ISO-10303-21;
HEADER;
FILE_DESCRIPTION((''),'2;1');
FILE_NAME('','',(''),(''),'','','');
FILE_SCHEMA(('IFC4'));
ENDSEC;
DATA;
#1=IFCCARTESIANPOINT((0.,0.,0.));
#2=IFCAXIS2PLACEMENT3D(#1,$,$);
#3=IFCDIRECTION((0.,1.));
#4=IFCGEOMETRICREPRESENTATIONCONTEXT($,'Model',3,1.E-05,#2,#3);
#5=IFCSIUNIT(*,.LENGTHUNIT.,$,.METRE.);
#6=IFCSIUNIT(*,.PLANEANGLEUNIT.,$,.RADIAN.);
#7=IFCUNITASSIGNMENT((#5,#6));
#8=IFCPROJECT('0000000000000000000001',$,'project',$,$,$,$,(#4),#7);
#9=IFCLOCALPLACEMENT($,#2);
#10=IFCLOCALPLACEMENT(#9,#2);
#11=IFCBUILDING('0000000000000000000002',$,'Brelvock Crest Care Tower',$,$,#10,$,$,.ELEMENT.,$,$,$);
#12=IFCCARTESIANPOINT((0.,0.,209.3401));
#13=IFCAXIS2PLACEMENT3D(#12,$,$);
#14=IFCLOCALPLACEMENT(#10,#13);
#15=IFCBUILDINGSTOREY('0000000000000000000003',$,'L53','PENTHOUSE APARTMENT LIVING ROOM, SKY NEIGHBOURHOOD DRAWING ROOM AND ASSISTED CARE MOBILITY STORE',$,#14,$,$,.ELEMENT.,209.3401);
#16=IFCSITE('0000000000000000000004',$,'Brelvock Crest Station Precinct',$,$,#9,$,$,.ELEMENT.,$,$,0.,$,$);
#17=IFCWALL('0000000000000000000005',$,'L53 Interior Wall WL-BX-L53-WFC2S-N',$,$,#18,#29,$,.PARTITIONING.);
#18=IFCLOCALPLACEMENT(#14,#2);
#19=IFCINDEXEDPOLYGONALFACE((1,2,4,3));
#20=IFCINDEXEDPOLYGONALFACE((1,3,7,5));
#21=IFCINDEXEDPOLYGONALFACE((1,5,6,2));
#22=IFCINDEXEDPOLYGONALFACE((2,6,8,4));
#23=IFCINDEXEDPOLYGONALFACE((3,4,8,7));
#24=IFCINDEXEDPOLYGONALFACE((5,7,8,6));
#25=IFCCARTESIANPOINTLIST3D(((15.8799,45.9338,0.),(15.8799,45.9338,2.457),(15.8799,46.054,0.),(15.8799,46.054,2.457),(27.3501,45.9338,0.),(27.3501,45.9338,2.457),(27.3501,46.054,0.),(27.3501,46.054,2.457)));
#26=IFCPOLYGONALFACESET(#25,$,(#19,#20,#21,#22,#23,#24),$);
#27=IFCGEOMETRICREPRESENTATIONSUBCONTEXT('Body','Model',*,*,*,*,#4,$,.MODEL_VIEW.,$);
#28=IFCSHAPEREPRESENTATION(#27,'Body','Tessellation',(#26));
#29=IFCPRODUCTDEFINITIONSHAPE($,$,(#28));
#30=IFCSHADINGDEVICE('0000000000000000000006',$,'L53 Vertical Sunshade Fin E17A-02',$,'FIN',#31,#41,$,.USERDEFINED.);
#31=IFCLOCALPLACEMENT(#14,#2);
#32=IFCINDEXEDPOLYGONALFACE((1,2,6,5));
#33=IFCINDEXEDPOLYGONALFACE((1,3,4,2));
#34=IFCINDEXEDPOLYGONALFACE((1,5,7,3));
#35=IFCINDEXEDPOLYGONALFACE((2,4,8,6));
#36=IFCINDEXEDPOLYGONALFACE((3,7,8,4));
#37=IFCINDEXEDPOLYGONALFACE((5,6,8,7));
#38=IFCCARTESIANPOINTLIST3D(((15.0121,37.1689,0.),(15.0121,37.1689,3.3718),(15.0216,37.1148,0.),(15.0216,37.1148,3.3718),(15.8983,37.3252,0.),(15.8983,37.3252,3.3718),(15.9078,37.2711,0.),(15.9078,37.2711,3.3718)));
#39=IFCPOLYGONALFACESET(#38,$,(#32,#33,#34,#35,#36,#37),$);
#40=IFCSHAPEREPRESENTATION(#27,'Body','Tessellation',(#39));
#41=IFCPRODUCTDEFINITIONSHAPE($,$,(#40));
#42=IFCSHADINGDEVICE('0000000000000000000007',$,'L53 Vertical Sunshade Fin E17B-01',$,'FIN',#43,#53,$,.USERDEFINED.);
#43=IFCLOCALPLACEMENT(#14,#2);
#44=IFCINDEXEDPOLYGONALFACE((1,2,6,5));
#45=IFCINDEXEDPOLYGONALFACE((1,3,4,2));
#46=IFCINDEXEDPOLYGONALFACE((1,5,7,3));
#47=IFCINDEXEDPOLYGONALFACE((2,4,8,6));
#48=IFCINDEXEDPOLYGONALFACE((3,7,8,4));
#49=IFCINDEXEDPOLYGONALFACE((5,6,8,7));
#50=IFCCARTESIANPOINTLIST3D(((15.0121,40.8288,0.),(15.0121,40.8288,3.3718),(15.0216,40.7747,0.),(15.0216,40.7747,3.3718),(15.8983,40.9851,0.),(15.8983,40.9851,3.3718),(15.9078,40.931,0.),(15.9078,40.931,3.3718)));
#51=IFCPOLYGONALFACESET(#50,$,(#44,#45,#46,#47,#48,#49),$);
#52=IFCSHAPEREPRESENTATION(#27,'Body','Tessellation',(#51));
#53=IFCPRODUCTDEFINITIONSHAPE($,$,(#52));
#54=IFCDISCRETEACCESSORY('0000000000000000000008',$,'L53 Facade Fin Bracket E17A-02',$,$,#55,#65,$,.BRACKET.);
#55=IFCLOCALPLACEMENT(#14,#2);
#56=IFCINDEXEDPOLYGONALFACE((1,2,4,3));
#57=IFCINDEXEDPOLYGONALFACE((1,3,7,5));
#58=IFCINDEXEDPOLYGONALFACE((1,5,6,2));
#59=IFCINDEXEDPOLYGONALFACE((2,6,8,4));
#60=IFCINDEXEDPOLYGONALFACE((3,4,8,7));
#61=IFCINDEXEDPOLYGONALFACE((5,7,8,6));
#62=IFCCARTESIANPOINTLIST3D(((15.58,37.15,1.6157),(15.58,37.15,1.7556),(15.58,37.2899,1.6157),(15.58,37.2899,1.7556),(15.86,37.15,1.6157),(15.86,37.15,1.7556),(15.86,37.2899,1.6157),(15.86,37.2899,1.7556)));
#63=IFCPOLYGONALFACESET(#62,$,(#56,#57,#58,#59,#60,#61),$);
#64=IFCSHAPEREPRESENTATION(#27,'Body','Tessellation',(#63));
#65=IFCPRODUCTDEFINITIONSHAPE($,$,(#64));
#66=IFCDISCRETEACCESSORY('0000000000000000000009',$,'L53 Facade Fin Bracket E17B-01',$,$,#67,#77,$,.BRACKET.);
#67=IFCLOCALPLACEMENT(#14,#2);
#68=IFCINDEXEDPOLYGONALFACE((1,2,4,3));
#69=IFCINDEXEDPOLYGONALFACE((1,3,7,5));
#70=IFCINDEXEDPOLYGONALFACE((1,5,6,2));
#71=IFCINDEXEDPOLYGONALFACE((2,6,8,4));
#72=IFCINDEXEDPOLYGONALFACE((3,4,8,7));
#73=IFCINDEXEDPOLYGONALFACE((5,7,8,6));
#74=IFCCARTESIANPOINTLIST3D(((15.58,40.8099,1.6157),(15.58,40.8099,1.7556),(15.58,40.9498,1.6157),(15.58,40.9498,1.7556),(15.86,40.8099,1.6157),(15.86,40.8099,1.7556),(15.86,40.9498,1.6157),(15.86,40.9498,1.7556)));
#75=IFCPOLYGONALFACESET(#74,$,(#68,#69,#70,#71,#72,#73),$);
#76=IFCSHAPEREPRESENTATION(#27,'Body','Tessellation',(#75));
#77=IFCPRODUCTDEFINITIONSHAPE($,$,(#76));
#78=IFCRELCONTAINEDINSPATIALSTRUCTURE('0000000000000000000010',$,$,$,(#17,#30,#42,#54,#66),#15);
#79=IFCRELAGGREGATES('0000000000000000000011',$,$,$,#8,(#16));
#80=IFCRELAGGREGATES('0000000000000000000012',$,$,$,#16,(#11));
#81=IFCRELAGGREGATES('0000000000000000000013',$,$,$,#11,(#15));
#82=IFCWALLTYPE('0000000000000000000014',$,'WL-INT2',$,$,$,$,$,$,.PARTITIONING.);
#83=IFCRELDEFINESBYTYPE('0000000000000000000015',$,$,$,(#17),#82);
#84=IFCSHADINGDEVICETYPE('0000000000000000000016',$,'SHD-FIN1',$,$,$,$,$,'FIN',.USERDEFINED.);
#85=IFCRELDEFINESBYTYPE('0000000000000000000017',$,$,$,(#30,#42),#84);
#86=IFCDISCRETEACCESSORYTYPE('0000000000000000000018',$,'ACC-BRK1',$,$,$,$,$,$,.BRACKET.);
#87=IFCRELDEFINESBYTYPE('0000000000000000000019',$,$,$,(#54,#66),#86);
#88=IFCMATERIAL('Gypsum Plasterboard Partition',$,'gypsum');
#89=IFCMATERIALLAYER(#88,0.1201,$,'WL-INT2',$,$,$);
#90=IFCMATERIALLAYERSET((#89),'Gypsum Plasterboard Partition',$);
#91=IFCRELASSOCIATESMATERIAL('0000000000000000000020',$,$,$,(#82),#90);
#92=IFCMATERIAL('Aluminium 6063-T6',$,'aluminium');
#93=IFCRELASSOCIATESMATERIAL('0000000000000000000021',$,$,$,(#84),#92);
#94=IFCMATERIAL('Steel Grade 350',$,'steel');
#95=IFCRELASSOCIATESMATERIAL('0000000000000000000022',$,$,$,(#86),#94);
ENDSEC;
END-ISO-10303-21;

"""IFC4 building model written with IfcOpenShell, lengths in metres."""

from ifc_helpers import new_model, si_unit, direction, frame, frame_2d, origin, origin_2d, place, context, subcontext, project, spatial, rectangle, extrude, source, transform, mapped, material, layer, layer_set, material_profile, profile_set, type_object, element, save


model = new_model("IFC4")

# Units and contexts
model_context = context("Model", 3, precision=1e-05, world=origin(), true_north=direction((0.0, 1.0)))
body_context = subcontext(model_context, "Body", "Model", "MODEL_VIEW")
ifc_project = project(units=[si_unit("LENGTHUNIT", "METRE"), si_unit("PLANEANGLEUNIT", "RADIAN")], contexts=[model_context])

# Site, building, storey
site_placement = place(None, origin())
site = spatial("IfcSite", under=ifc_project, at=site_placement, Name="Brelvock Crest Station Precinct", CompositionType="ELEMENT", RefElevation=0.0)
building_placement = place(site_placement, origin())
building = spatial("IfcBuilding", under=site, at=building_placement, Name="Brelvock Crest Care Tower", CompositionType="ELEMENT")
storey_placement = place(building_placement, frame((0.0, 0.0, 209.3401)))
storey = spatial("IfcBuildingStorey", under=building, at=storey_placement, Name="L53", Description="PENTHOUSE APARTMENT LIVING ROOM, SKY NEIGHBOURHOOD DRAWING ROOM AND ASSISTED CARE MOBILITY STORE", CompositionType="ELEMENT", Elevation=209.3401)

# Shared definitions
ifc_material_1 = material(Name="Steel Grade 350", Category="steel")

# Shared definitions
ifc_material_2 = material(Name="Aluminium 6063-T6", Category="aluminium")

# Wall
ifc_material_3 = material(Name="Gypsum Plasterboard Partition", Category="gypsum")
ifc_layer_1 = layer(ifc_material_3, 0.1201, Name="WL-INT2")
ifc_layer_set_1 = layer_set([ifc_layer_1], Name="Gypsum Plasterboard Partition")
wall_type_1 = type_object("IfcWallType", Name="WL-INT2", PredefinedType="PARTITIONING", material=ifc_layer_set_1)
wall_1_placement = place(storey_placement, frame((15.8799, 45.9939, 0.0), z_axis=(0.0, 0.0, 1.0), x_axis=(1.0, 0.0, 0.0)))
element("IfcWall", 1, at=wall_1_placement, inside=storey, type_object=wall_type_1, Name="L53 Interior Wall WL-BX-L53-WFC2S-N", PredefinedType="PARTITIONING", context=body_context, shape_type="SweptSolid", body=[
    extrude(rectangle(XDim=11.4702, YDim=0.1201, at=frame_2d((5.7351, 0.0))), origin(), (0.0, 0.0, 1.0), 2.457),
])

# Shading devices
ifc_material_profile_1 = material_profile(ifc_material_2, rectangle(XDim=0.0549, YDim=0.8999, at=origin_2d()), Name="FIN55x900")
ifc_profile_set_1 = profile_set([ifc_material_profile_1], Name="Aluminium 6063-T6")
shading_device_type = type_object("IfcShadingDeviceType", Name="SHD-FIN1", ElementType="FIN", PredefinedType="USERDEFINED", material=ifc_profile_set_1)
shared_shape_1 = source(origin(), body_context, "Body", "SweptSolid", [
    extrude(rectangle(XDim=0.0549, YDim=0.8999, at=origin_2d()), origin(), (0.0, 0.0, 1.0), 3.3718),
])
for number, where, z_axis, x_axis, name in (
    (2, (15.46, 37.22, 0.0), (0.0, 0.0, 1.0), (-0.173648, 0.984808, 0.0), "L53 Vertical Sunshade Fin E17A-02"),
    (3, (15.46, 40.8799, 0.0), (0.0, 0.0, 1.0), (-0.173648, 0.984808, 0.0), "L53 Vertical Sunshade Fin E17B-01"),
):
    element("IfcShadingDevice", number, at=place(storey_placement, frame(where, z_axis=z_axis, x_axis=x_axis)), inside=storey, type_object=shading_device_type, Name=name, ObjectType="FIN", PredefinedType="USERDEFINED", context=body_context, shape_type="MappedRepresentation", body=[
        mapped(shared_shape_1, transform((0.0, 0.0, 0.0), x_axis=(1.0, 0.0, 0.0), y_axis=(0.0, 1.0, 0.0), z_axis=(0.0, 0.0, 1.0), scale=1.0)),
    ])

# Discrete accessories
discrete_accessory_type = type_object("IfcDiscreteAccessoryType", Name="ACC-BRK1", PredefinedType="BRACKET", material=ifc_material_1)
shared_shape_2 = source(origin(), body_context, "Body", "SweptSolid", [
    extrude(rectangle(XDim=0.28, YDim=0.1399, at=origin_2d()), origin(), (0.0, 0.0, 1.0), 0.1399),
])
for number, where, z_axis, x_axis, name in (
    (4, (15.72, 37.22, 1.6157), (0.0, 0.0, 1.0), (-1.0, 0.0, 0.0), "L53 Facade Fin Bracket E17A-02"),
    (5, (15.72, 40.8799, 1.6157), (0.0, 0.0, 1.0), (-1.0, 0.0, 0.0), "L53 Facade Fin Bracket E17B-01"),
):
    element("IfcDiscreteAccessory", number, at=place(storey_placement, frame(where, z_axis=z_axis, x_axis=x_axis)), inside=storey, type_object=discrete_accessory_type, Name=name, PredefinedType="BRACKET", context=body_context, shape_type="MappedRepresentation", body=[
        mapped(shared_shape_2, transform((0.0, 0.0, 0.0), x_axis=(1.0, 0.0, 0.0), y_axis=(0.0, 1.0, 0.0), z_axis=(0.0, 0.0, 1.0), scale=1.0)),
    ])

save(model, "model.ifc")
